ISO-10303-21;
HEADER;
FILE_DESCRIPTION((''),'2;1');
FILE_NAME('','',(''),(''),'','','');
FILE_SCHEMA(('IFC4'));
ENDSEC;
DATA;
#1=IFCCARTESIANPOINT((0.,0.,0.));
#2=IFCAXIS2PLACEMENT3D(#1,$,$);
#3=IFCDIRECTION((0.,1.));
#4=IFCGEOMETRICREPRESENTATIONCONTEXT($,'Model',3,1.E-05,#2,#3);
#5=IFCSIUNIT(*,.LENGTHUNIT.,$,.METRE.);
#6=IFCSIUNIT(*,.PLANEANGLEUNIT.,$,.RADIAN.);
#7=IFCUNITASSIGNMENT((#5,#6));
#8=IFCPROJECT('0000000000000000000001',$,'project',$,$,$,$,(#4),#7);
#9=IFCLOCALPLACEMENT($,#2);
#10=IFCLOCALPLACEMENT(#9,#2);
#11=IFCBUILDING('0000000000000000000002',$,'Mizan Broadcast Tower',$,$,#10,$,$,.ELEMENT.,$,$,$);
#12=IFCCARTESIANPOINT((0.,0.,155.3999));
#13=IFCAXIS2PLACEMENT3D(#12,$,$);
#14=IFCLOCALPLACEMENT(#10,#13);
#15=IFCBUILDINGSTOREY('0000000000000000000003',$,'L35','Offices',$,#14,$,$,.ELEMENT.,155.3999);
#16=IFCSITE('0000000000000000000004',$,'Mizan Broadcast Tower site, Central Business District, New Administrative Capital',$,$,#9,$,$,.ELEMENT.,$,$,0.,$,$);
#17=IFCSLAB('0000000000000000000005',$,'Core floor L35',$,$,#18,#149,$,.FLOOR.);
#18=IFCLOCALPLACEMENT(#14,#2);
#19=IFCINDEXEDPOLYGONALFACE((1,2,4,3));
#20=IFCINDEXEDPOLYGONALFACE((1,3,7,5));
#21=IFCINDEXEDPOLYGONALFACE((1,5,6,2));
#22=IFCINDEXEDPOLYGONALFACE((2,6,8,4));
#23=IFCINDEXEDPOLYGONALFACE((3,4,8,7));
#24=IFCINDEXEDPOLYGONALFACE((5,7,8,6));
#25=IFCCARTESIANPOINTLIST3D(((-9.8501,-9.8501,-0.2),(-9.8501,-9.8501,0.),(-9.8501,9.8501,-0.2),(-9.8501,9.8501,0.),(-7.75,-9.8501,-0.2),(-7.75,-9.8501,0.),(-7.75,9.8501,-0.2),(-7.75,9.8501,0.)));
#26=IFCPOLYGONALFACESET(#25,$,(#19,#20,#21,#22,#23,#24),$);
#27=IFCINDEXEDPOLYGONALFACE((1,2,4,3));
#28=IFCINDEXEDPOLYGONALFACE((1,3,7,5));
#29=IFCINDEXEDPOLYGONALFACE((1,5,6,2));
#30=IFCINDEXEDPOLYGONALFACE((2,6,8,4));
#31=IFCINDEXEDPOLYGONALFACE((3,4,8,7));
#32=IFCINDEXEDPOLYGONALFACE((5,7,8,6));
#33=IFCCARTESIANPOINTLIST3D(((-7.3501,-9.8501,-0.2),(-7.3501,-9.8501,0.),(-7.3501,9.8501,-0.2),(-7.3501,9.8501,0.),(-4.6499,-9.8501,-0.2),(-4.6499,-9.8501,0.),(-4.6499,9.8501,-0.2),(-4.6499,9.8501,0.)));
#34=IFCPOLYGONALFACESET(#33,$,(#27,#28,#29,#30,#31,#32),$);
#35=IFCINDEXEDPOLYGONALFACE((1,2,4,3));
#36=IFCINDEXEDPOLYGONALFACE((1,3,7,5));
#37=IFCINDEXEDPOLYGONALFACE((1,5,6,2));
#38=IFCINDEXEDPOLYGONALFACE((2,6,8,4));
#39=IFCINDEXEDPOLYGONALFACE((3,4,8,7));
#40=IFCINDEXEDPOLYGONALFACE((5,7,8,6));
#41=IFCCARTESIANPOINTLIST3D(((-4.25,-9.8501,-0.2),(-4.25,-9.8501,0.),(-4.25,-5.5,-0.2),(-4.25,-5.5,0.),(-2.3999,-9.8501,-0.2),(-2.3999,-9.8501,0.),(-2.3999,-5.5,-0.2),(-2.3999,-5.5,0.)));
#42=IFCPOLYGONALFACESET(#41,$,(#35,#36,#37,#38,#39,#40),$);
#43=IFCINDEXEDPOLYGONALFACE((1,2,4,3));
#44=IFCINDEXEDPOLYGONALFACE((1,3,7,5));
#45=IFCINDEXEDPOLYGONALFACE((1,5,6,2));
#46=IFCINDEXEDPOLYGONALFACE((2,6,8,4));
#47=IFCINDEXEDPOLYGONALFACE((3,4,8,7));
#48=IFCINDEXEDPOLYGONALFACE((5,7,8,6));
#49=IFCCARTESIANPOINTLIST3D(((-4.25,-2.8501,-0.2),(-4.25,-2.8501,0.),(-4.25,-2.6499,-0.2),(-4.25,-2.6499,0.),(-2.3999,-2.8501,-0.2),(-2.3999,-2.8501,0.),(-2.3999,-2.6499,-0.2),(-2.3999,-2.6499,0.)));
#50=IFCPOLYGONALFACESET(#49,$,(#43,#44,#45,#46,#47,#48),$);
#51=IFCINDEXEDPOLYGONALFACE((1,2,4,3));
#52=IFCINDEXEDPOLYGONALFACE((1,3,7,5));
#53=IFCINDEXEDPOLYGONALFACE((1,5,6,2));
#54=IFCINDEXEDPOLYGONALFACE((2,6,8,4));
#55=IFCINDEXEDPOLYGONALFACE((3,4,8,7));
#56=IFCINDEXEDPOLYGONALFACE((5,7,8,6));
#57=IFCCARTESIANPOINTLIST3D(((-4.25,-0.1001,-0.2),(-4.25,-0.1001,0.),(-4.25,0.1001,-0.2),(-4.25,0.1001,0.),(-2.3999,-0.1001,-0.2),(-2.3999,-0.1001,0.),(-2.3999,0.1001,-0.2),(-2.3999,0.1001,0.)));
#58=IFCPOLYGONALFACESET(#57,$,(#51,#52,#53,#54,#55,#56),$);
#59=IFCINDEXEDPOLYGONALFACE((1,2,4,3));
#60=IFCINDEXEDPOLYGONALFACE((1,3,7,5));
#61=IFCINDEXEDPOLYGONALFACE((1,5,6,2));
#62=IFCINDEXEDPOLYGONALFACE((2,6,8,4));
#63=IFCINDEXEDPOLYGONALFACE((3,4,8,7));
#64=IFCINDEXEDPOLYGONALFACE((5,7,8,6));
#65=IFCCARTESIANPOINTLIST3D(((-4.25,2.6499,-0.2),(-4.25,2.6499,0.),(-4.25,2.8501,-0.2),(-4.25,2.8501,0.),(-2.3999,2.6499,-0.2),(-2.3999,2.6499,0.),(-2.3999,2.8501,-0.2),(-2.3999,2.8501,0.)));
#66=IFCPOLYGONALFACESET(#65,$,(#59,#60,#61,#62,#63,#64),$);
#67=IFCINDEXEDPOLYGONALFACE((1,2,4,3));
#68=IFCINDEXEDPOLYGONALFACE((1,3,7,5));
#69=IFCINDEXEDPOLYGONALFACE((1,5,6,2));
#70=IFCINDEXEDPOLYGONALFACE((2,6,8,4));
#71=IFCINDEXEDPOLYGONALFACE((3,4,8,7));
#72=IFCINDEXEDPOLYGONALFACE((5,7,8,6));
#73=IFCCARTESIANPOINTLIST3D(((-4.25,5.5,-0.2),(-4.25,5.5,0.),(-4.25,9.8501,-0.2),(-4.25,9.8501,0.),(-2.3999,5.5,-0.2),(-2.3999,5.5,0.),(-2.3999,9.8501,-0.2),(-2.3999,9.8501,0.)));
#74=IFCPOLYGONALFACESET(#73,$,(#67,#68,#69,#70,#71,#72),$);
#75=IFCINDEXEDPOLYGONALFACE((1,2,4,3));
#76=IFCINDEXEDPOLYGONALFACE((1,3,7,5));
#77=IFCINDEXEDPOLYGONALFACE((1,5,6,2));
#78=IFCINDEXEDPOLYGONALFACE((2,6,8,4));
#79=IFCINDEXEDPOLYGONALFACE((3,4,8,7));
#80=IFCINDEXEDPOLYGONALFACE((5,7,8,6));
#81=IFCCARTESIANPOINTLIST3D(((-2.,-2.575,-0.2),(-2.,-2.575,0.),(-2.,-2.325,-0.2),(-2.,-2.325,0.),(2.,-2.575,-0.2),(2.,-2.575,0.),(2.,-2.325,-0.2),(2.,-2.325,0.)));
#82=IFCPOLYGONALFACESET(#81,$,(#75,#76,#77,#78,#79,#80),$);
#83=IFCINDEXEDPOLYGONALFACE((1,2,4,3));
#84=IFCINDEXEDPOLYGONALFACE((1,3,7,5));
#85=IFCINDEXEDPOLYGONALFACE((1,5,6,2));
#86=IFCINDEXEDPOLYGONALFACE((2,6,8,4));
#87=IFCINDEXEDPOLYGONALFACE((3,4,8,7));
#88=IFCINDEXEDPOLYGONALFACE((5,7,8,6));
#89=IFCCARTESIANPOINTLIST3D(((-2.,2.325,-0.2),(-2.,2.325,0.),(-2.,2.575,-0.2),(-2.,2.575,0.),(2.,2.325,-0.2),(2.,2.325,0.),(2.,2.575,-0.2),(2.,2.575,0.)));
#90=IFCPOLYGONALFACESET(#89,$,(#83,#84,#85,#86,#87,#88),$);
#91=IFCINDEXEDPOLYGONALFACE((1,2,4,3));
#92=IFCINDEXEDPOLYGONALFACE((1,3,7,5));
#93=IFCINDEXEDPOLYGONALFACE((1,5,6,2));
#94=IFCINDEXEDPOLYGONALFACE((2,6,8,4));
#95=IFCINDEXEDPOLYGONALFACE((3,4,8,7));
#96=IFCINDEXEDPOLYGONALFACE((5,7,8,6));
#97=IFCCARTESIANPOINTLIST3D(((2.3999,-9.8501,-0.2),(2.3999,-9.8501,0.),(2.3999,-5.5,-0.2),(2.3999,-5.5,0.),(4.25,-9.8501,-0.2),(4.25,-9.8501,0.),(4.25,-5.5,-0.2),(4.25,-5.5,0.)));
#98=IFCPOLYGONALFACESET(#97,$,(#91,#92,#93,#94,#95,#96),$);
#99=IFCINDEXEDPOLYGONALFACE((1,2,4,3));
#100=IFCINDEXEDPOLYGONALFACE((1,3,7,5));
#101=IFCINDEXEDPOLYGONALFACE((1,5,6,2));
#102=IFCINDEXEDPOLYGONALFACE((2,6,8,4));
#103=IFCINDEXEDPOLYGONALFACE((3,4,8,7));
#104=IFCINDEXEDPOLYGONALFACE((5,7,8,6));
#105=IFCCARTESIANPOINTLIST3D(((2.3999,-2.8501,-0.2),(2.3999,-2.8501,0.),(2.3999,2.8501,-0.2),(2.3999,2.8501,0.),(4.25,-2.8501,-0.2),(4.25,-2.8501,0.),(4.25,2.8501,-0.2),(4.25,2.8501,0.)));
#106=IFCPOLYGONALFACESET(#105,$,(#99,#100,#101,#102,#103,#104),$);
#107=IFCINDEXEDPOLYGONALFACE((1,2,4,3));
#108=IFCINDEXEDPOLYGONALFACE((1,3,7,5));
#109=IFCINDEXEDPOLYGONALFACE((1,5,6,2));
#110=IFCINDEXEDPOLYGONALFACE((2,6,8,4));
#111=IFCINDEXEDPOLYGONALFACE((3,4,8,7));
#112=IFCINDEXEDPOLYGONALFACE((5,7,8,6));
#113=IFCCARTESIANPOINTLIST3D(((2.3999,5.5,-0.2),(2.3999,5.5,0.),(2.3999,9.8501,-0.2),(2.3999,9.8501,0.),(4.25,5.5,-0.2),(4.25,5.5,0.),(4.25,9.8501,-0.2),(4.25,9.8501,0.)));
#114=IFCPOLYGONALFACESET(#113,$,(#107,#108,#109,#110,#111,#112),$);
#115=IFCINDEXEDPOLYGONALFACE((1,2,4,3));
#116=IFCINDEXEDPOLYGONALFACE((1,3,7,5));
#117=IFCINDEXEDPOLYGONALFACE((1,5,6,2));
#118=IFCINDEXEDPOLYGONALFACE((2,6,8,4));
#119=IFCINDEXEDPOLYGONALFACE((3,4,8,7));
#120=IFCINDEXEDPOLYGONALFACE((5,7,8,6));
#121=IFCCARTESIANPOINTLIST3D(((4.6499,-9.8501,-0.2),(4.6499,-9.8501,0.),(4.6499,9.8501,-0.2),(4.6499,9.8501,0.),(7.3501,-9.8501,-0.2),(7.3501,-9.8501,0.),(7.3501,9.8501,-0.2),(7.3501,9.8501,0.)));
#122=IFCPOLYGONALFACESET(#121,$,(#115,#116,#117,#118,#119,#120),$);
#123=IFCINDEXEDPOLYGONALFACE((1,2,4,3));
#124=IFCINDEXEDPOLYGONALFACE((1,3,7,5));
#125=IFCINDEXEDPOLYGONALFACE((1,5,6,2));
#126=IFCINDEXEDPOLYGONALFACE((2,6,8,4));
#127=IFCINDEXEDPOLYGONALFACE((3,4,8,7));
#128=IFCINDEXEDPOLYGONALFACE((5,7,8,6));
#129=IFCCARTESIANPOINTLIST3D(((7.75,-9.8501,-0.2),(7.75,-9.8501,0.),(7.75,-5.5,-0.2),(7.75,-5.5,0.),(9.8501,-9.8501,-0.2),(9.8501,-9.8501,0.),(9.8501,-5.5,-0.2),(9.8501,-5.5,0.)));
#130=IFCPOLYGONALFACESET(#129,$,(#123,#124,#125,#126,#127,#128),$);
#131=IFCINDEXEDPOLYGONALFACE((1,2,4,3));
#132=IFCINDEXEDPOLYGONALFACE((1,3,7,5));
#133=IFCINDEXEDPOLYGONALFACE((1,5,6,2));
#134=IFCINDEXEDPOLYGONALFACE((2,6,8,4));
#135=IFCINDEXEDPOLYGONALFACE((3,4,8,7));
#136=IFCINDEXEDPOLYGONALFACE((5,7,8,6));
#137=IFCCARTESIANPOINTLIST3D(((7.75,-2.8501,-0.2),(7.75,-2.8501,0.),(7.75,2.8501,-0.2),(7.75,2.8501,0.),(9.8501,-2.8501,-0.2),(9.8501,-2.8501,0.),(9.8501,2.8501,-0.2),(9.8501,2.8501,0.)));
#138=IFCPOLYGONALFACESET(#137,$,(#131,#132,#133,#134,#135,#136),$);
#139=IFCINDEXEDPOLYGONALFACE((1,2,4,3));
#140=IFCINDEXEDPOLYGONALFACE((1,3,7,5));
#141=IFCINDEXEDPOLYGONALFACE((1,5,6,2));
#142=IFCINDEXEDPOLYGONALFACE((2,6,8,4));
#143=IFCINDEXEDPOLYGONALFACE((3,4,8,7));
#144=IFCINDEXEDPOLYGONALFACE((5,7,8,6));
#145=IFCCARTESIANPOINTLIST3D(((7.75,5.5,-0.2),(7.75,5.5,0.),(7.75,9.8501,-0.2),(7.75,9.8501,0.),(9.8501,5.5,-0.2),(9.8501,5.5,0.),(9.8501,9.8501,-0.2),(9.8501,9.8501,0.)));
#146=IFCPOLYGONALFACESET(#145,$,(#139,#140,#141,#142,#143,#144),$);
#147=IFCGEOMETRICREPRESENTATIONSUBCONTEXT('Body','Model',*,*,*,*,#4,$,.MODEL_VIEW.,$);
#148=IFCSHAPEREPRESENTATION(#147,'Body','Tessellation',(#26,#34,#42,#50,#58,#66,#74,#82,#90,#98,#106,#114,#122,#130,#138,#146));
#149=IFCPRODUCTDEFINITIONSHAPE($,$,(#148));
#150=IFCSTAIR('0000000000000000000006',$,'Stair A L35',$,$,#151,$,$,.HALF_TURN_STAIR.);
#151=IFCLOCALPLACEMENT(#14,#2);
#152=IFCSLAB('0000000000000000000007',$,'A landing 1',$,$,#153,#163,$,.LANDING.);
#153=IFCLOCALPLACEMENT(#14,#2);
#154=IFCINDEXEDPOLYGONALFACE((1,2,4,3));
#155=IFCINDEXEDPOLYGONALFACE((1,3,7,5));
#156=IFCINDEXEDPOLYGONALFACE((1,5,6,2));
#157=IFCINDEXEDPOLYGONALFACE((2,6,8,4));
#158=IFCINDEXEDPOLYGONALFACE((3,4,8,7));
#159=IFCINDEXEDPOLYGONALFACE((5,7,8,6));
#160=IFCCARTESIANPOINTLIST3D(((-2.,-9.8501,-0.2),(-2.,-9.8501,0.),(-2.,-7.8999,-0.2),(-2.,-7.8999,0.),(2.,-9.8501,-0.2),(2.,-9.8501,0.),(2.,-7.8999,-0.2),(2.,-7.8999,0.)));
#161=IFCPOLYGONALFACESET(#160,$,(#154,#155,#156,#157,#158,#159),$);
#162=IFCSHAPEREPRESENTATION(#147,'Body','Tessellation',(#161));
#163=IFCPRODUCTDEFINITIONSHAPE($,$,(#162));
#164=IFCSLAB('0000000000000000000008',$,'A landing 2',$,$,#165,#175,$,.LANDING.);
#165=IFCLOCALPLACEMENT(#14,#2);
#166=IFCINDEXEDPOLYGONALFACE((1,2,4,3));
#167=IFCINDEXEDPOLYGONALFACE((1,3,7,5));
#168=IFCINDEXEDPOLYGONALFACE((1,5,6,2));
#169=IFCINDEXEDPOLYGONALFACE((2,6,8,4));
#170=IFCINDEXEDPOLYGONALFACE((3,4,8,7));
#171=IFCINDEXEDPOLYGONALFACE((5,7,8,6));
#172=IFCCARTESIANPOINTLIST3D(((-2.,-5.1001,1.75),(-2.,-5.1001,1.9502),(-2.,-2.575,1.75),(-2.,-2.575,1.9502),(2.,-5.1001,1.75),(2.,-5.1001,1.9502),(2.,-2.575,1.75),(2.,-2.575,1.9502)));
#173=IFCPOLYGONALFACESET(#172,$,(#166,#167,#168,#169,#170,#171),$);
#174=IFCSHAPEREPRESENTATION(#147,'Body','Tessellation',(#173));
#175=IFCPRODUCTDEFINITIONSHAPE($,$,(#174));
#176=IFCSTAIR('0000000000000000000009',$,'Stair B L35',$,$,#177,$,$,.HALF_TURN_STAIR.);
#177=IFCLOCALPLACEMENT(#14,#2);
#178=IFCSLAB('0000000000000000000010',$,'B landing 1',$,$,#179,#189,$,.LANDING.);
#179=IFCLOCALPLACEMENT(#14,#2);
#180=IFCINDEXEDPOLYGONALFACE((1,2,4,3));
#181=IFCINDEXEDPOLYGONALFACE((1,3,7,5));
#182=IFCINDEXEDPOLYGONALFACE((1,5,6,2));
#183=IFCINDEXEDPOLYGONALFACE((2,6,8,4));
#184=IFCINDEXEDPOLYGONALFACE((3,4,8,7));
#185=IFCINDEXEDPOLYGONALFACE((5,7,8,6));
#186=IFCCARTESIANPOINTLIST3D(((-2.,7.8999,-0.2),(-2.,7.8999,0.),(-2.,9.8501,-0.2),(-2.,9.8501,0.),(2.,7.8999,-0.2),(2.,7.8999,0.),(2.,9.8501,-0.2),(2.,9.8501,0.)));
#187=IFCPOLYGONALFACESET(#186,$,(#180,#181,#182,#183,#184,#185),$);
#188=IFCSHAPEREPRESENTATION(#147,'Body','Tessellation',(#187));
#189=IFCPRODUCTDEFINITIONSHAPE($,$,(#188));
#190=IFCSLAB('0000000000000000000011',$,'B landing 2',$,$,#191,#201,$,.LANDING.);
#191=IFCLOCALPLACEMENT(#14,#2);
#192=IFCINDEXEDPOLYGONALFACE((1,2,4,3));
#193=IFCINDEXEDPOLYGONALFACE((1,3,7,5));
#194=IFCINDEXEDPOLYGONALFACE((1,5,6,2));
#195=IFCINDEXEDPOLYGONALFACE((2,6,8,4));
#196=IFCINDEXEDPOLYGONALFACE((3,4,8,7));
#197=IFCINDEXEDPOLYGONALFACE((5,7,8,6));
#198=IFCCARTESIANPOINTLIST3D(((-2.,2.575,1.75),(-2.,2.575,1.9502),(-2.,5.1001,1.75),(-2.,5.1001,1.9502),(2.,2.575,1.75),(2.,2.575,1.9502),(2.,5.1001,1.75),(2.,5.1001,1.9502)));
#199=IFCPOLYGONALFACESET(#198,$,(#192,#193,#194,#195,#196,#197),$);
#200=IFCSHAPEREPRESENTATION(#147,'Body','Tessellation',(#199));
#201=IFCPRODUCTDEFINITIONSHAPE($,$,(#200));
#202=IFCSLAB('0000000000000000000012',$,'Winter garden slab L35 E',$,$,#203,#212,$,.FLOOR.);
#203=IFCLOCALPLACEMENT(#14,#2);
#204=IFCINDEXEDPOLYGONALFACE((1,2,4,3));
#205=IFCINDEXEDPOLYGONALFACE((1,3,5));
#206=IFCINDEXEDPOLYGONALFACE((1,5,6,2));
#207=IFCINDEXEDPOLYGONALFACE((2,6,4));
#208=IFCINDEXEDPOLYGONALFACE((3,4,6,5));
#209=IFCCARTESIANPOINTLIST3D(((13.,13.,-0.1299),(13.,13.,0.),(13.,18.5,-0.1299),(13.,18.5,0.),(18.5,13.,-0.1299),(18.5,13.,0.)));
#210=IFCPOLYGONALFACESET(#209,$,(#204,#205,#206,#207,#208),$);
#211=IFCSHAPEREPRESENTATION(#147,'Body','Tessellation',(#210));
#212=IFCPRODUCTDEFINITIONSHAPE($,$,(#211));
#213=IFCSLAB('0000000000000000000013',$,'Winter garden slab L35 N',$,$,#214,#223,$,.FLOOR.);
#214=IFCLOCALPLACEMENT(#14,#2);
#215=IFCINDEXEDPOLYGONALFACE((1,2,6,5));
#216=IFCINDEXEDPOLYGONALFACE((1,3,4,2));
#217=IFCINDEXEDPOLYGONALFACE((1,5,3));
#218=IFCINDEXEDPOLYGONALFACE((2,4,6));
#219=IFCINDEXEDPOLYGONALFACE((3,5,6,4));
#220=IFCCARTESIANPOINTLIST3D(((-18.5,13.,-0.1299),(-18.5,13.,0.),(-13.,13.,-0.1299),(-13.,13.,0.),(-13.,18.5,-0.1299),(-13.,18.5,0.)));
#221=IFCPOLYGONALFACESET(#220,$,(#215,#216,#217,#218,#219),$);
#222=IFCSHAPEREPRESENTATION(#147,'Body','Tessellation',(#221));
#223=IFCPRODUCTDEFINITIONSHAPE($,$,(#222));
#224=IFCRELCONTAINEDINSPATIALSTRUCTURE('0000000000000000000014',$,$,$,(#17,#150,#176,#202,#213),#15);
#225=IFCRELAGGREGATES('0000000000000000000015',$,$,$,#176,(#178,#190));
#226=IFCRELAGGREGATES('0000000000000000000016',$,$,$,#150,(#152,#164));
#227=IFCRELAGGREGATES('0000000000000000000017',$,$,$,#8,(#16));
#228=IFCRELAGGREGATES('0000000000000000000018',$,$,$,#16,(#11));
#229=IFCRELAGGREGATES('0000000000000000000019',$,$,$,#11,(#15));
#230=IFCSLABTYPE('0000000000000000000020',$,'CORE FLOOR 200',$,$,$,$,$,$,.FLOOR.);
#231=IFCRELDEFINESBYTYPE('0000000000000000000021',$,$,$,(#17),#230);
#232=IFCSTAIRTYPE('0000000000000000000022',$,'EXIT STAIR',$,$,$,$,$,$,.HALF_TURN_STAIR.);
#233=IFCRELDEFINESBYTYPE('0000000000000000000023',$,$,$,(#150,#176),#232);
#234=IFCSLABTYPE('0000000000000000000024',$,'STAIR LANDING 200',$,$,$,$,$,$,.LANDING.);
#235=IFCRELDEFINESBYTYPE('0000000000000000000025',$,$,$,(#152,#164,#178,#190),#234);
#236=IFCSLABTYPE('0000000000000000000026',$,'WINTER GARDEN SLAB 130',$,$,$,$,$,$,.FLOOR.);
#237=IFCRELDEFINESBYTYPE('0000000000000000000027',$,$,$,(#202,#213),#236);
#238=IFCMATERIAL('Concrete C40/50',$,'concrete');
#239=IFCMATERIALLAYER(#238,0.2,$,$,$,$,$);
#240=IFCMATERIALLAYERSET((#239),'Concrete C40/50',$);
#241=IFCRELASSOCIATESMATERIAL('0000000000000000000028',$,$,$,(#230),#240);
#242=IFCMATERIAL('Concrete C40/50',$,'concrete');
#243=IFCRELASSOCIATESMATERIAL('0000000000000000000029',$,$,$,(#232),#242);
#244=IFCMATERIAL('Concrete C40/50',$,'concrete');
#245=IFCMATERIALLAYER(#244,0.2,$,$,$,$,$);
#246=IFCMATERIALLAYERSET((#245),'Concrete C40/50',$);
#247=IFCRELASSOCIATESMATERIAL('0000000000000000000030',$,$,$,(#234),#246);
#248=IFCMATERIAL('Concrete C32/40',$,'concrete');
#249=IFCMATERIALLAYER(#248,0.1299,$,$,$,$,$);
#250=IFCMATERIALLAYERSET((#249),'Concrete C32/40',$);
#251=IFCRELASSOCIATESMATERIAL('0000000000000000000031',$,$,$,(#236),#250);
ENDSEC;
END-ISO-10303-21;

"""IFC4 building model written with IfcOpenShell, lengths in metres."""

from ifc_helpers import new_model, si_unit, direction, frame, origin, place, context, subcontext, project, spatial, polyline, outline, extrude, material, layer, layer_set, type_object, element, aggregate, save


model = new_model("IFC4")

# Units and contexts
model_context = context("Model", 3, precision=1e-05, world=origin(), true_north=direction((0.0, 1.0)))
body_context = subcontext(model_context, "Body", "Model", "MODEL_VIEW")
ifc_project = project(units=[si_unit("LENGTHUNIT", "METRE"), si_unit("PLANEANGLEUNIT", "RADIAN")], contexts=[model_context])

# Site, building, storey
site_placement = place(None, origin())
site = spatial("IfcSite", under=ifc_project, at=site_placement, Name="Mizan Broadcast Tower site, Central Business District, New Administrative Capital", CompositionType="ELEMENT", RefElevation=0.0)
building_placement = place(site_placement, origin())
building = spatial("IfcBuilding", under=site, at=building_placement, Name="Mizan Broadcast Tower", CompositionType="ELEMENT")
storey_placement = place(building_placement, frame((0.0, 0.0, 155.3999)))
storey = spatial("IfcBuildingStorey", under=building, at=storey_placement, Name="L35", Description="Offices", CompositionType="ELEMENT", Elevation=155.3999)

# Slab
ifc_material_1 = material(Name="Concrete C40/50", Category="concrete")
ifc_layer_1 = layer(ifc_material_1, 0.2)
ifc_layer_set_1 = layer_set([ifc_layer_1], Name="Concrete C40/50")
slab_type_1 = type_object("IfcSlabType", Name="CORE FLOOR 200", PredefinedType="FLOOR", material=ifc_layer_set_1)
slab_1_placement = place(storey_placement, frame((0.0, 0.0, -0.2)))
element("IfcSlab", 1, at=slab_1_placement, inside=storey, type_object=slab_type_1, Name="Core floor L35", PredefinedType="FLOOR", context=body_context, shape_type="SweptSolid", body=[
    extrude(outline(polyline([(-9.8501, -9.8501), (-7.75, -9.8501), (-7.75, 9.8501), (-9.8501, 9.8501), (-9.8501, -9.8501)])), origin(), (0.0, 0.0, 1.0), 0.2),
    extrude(outline(polyline([(-4.6499, 9.8501), (-7.3501, 9.8501), (-7.3501, -9.8501), (-4.6499, -9.8501), (-4.6499, 9.8501)])), origin(), (0.0, 0.0, 1.0), 0.2),
    extrude(outline(polyline([(-4.25, -5.5), (-4.25, -9.8501), (-2.3999, -9.8501), (-2.3999, -5.5), (-4.25, -5.5)])), origin(), (0.0, 0.0, 1.0), 0.2),
    extrude(outline(polyline([(-4.25, -2.8501), (-2.3999, -2.8501), (-2.3999, -2.6499), (-4.25, -2.6499), (-4.25, -2.8501)])), origin(), (0.0, 0.0, 1.0), 0.2),
    extrude(outline(polyline([(-4.25, -0.1001), (-2.3999, -0.1001), (-2.3999, 0.1001), (-4.25, 0.1001), (-4.25, -0.1001)])), origin(), (0.0, 0.0, 1.0), 0.2),
    extrude(outline(polyline([(-4.25, 2.6499), (-2.3999, 2.6499), (-2.3999, 2.8501), (-4.25, 2.8501), (-4.25, 2.6499)])), origin(), (0.0, 0.0, 1.0), 0.2),
    extrude(outline(polyline([(-4.25, 5.5), (-2.3999, 5.5), (-2.3999, 9.8501), (-4.25, 9.8501), (-4.25, 5.5)])), origin(), (0.0, 0.0, 1.0), 0.2),
    extrude(outline(polyline([(2.0, -2.325), (-2.0, -2.325), (-2.0, -2.575), (2.0, -2.575), (2.0, -2.325)])), origin(), (0.0, 0.0, 1.0), 0.2),
    extrude(outline(polyline([(2.0, 2.575), (-2.0, 2.575), (-2.0, 2.325), (2.0, 2.325), (2.0, 2.575)])), origin(), (0.0, 0.0, 1.0), 0.2),
    extrude(outline(polyline([(4.25, -9.8501), (4.25, -5.5), (2.3999, -5.5), (2.3999, -9.8501), (4.25, -9.8501)])), origin(), (0.0, 0.0, 1.0), 0.2),
    extrude(outline(polyline([(4.25, -2.8501), (4.25, 2.8501), (2.3999, 2.8501), (2.3999, -2.8501), (4.25, -2.8501)])), origin(), (0.0, 0.0, 1.0), 0.2),
    extrude(outline(polyline([(4.25, 5.5), (4.25, 9.8501), (2.3999, 9.8501), (2.3999, 5.5), (4.25, 5.5)])), origin(), (0.0, 0.0, 1.0), 0.2),
    extrude(outline(polyline([(4.6499, 9.8501), (4.6499, -9.8501), (7.3501, -9.8501), (7.3501, 9.8501), (4.6499, 9.8501)])), origin(), (0.0, 0.0, 1.0), 0.2),
    extrude(outline(polyline([(9.8501, -9.8501), (9.8501, -5.5), (7.75, -5.5), (7.75, -9.8501), (9.8501, -9.8501)])), origin(), (0.0, 0.0, 1.0), 0.2),
    extrude(outline(polyline([(7.75, -2.8501), (9.8501, -2.8501), (9.8501, 2.8501), (7.75, 2.8501), (7.75, -2.8501)])), origin(), (0.0, 0.0, 1.0), 0.2),
    extrude(outline(polyline([(9.8501, 5.5), (9.8501, 9.8501), (7.75, 9.8501), (7.75, 5.5), (9.8501, 5.5)])), origin(), (0.0, 0.0, 1.0), 0.2),
])

# Stairs, slabs
ifc_material_2 = material(Name="Concrete C40/50", Category="concrete")
stair_type = type_object("IfcStairType", Name="EXIT STAIR", PredefinedType="HALF_TURN_STAIR", material=ifc_material_2)
stair_1_placement = place(storey_placement, origin())
stair_1 = element("IfcStair", 2, at=stair_1_placement, inside=storey, type_object=stair_type, Name="Stair A L35", PredefinedType="HALF_TURN_STAIR")
ifc_material_3 = material(Name="Concrete C40/50", Category="concrete")
ifc_layer_2 = layer(ifc_material_3, 0.2)
ifc_layer_set_2 = layer_set([ifc_layer_2], Name="Concrete C40/50")
slab_type_2 = type_object("IfcSlabType", Name="STAIR LANDING 200", PredefinedType="LANDING", material=ifc_layer_set_2)
slab_2_placement = place(storey_placement, frame((0.0, 0.0, -0.2)))
slab_2 = element("IfcSlab", 3, at=slab_2_placement, type_object=slab_type_2, Name="A landing 1", PredefinedType="LANDING", context=body_context, shape_type="SweptSolid", body=[
    extrude(outline(polyline([(-2.0, -9.8501), (-2.0, -7.8999), (2.0, -7.8999), (2.0, -9.8501), (-2.0, -9.8501)])), origin(), (0.0, 0.0, 1.0), 0.2),
])
slab_3_placement = place(storey_placement, frame((0.0, 0.0, 1.75)))
slab_3 = element("IfcSlab", 4, at=slab_3_placement, type_object=slab_type_2, Name="A landing 2", PredefinedType="LANDING", context=body_context, shape_type="SweptSolid", body=[
    extrude(outline(polyline([(-2.0, -5.1001), (-2.0, -2.575), (2.0, -2.575), (2.0, -5.1001), (-2.0, -5.1001)])), origin(), (0.0, 0.0, 1.0), 0.2002),
])
stair_2_placement = place(storey_placement, origin())
stair_2 = element("IfcStair", 5, at=stair_2_placement, inside=storey, type_object=stair_type, Name="Stair B L35", PredefinedType="HALF_TURN_STAIR")
slab_4_placement = place(storey_placement, frame((0.0, 0.0, -0.2)))
slab_4 = element("IfcSlab", 6, at=slab_4_placement, type_object=slab_type_2, Name="B landing 1", PredefinedType="LANDING", context=body_context, shape_type="SweptSolid", body=[
    extrude(outline(polyline([(2.0, 9.8501), (2.0, 7.8999), (-2.0, 7.8999), (-2.0, 9.8501), (2.0, 9.8501)])), origin(), (0.0, 0.0, 1.0), 0.2),
])
slab_5_placement = place(storey_placement, frame((0.0, 0.0, 1.75)))
slab_5 = element("IfcSlab", 7, at=slab_5_placement, type_object=slab_type_2, Name="B landing 2", PredefinedType="LANDING", context=body_context, shape_type="SweptSolid", body=[
    extrude(outline(polyline([(2.0, 5.1001), (2.0, 2.575), (-2.0, 2.575), (-2.0, 5.1001), (2.0, 5.1001)])), origin(), (0.0, 0.0, 1.0), 0.2002),
])
aggregate(stair_2, [slab_4, slab_5])

# Slabs
ifc_material_4 = material(Name="Concrete C32/40", Category="concrete")
ifc_layer_3 = layer(ifc_material_4, 0.1299)
ifc_layer_set_3 = layer_set([ifc_layer_3], Name="Concrete C32/40")
slab_type_3 = type_object("IfcSlabType", Name="WINTER GARDEN SLAB 130", PredefinedType="FLOOR", material=ifc_layer_set_3)
slab_6_placement = place(storey_placement, frame((0.0, 0.0, -0.1299)))
element("IfcSlab", 8, at=slab_6_placement, inside=storey, type_object=slab_type_3, Name="Winter garden slab L35 E", PredefinedType="FLOOR", context=body_context, shape_type="SweptSolid", body=[
    extrude(outline(polyline([(13.0, 13.0), (18.5, 13.0), (13.0, 18.5), (13.0, 13.0)])), origin(), (0.0, 0.0, 1.0), 0.1299),
])
slab_7_placement = place(storey_placement, frame((0.0, 0.0, -0.1299)))
element("IfcSlab", 9, at=slab_7_placement, inside=storey, type_object=slab_type_3, Name="Winter garden slab L35 N", PredefinedType="FLOOR", context=body_context, shape_type="SweptSolid", body=[
    extrude(outline(polyline([(-13.0, 13.0), (-13.0, 18.5), (-18.5, 13.0), (-13.0, 13.0)])), origin(), (0.0, 0.0, 1.0), 0.1299),
])

aggregate(stair_1, [slab_2, slab_3])

save(model, "model.ifc")
